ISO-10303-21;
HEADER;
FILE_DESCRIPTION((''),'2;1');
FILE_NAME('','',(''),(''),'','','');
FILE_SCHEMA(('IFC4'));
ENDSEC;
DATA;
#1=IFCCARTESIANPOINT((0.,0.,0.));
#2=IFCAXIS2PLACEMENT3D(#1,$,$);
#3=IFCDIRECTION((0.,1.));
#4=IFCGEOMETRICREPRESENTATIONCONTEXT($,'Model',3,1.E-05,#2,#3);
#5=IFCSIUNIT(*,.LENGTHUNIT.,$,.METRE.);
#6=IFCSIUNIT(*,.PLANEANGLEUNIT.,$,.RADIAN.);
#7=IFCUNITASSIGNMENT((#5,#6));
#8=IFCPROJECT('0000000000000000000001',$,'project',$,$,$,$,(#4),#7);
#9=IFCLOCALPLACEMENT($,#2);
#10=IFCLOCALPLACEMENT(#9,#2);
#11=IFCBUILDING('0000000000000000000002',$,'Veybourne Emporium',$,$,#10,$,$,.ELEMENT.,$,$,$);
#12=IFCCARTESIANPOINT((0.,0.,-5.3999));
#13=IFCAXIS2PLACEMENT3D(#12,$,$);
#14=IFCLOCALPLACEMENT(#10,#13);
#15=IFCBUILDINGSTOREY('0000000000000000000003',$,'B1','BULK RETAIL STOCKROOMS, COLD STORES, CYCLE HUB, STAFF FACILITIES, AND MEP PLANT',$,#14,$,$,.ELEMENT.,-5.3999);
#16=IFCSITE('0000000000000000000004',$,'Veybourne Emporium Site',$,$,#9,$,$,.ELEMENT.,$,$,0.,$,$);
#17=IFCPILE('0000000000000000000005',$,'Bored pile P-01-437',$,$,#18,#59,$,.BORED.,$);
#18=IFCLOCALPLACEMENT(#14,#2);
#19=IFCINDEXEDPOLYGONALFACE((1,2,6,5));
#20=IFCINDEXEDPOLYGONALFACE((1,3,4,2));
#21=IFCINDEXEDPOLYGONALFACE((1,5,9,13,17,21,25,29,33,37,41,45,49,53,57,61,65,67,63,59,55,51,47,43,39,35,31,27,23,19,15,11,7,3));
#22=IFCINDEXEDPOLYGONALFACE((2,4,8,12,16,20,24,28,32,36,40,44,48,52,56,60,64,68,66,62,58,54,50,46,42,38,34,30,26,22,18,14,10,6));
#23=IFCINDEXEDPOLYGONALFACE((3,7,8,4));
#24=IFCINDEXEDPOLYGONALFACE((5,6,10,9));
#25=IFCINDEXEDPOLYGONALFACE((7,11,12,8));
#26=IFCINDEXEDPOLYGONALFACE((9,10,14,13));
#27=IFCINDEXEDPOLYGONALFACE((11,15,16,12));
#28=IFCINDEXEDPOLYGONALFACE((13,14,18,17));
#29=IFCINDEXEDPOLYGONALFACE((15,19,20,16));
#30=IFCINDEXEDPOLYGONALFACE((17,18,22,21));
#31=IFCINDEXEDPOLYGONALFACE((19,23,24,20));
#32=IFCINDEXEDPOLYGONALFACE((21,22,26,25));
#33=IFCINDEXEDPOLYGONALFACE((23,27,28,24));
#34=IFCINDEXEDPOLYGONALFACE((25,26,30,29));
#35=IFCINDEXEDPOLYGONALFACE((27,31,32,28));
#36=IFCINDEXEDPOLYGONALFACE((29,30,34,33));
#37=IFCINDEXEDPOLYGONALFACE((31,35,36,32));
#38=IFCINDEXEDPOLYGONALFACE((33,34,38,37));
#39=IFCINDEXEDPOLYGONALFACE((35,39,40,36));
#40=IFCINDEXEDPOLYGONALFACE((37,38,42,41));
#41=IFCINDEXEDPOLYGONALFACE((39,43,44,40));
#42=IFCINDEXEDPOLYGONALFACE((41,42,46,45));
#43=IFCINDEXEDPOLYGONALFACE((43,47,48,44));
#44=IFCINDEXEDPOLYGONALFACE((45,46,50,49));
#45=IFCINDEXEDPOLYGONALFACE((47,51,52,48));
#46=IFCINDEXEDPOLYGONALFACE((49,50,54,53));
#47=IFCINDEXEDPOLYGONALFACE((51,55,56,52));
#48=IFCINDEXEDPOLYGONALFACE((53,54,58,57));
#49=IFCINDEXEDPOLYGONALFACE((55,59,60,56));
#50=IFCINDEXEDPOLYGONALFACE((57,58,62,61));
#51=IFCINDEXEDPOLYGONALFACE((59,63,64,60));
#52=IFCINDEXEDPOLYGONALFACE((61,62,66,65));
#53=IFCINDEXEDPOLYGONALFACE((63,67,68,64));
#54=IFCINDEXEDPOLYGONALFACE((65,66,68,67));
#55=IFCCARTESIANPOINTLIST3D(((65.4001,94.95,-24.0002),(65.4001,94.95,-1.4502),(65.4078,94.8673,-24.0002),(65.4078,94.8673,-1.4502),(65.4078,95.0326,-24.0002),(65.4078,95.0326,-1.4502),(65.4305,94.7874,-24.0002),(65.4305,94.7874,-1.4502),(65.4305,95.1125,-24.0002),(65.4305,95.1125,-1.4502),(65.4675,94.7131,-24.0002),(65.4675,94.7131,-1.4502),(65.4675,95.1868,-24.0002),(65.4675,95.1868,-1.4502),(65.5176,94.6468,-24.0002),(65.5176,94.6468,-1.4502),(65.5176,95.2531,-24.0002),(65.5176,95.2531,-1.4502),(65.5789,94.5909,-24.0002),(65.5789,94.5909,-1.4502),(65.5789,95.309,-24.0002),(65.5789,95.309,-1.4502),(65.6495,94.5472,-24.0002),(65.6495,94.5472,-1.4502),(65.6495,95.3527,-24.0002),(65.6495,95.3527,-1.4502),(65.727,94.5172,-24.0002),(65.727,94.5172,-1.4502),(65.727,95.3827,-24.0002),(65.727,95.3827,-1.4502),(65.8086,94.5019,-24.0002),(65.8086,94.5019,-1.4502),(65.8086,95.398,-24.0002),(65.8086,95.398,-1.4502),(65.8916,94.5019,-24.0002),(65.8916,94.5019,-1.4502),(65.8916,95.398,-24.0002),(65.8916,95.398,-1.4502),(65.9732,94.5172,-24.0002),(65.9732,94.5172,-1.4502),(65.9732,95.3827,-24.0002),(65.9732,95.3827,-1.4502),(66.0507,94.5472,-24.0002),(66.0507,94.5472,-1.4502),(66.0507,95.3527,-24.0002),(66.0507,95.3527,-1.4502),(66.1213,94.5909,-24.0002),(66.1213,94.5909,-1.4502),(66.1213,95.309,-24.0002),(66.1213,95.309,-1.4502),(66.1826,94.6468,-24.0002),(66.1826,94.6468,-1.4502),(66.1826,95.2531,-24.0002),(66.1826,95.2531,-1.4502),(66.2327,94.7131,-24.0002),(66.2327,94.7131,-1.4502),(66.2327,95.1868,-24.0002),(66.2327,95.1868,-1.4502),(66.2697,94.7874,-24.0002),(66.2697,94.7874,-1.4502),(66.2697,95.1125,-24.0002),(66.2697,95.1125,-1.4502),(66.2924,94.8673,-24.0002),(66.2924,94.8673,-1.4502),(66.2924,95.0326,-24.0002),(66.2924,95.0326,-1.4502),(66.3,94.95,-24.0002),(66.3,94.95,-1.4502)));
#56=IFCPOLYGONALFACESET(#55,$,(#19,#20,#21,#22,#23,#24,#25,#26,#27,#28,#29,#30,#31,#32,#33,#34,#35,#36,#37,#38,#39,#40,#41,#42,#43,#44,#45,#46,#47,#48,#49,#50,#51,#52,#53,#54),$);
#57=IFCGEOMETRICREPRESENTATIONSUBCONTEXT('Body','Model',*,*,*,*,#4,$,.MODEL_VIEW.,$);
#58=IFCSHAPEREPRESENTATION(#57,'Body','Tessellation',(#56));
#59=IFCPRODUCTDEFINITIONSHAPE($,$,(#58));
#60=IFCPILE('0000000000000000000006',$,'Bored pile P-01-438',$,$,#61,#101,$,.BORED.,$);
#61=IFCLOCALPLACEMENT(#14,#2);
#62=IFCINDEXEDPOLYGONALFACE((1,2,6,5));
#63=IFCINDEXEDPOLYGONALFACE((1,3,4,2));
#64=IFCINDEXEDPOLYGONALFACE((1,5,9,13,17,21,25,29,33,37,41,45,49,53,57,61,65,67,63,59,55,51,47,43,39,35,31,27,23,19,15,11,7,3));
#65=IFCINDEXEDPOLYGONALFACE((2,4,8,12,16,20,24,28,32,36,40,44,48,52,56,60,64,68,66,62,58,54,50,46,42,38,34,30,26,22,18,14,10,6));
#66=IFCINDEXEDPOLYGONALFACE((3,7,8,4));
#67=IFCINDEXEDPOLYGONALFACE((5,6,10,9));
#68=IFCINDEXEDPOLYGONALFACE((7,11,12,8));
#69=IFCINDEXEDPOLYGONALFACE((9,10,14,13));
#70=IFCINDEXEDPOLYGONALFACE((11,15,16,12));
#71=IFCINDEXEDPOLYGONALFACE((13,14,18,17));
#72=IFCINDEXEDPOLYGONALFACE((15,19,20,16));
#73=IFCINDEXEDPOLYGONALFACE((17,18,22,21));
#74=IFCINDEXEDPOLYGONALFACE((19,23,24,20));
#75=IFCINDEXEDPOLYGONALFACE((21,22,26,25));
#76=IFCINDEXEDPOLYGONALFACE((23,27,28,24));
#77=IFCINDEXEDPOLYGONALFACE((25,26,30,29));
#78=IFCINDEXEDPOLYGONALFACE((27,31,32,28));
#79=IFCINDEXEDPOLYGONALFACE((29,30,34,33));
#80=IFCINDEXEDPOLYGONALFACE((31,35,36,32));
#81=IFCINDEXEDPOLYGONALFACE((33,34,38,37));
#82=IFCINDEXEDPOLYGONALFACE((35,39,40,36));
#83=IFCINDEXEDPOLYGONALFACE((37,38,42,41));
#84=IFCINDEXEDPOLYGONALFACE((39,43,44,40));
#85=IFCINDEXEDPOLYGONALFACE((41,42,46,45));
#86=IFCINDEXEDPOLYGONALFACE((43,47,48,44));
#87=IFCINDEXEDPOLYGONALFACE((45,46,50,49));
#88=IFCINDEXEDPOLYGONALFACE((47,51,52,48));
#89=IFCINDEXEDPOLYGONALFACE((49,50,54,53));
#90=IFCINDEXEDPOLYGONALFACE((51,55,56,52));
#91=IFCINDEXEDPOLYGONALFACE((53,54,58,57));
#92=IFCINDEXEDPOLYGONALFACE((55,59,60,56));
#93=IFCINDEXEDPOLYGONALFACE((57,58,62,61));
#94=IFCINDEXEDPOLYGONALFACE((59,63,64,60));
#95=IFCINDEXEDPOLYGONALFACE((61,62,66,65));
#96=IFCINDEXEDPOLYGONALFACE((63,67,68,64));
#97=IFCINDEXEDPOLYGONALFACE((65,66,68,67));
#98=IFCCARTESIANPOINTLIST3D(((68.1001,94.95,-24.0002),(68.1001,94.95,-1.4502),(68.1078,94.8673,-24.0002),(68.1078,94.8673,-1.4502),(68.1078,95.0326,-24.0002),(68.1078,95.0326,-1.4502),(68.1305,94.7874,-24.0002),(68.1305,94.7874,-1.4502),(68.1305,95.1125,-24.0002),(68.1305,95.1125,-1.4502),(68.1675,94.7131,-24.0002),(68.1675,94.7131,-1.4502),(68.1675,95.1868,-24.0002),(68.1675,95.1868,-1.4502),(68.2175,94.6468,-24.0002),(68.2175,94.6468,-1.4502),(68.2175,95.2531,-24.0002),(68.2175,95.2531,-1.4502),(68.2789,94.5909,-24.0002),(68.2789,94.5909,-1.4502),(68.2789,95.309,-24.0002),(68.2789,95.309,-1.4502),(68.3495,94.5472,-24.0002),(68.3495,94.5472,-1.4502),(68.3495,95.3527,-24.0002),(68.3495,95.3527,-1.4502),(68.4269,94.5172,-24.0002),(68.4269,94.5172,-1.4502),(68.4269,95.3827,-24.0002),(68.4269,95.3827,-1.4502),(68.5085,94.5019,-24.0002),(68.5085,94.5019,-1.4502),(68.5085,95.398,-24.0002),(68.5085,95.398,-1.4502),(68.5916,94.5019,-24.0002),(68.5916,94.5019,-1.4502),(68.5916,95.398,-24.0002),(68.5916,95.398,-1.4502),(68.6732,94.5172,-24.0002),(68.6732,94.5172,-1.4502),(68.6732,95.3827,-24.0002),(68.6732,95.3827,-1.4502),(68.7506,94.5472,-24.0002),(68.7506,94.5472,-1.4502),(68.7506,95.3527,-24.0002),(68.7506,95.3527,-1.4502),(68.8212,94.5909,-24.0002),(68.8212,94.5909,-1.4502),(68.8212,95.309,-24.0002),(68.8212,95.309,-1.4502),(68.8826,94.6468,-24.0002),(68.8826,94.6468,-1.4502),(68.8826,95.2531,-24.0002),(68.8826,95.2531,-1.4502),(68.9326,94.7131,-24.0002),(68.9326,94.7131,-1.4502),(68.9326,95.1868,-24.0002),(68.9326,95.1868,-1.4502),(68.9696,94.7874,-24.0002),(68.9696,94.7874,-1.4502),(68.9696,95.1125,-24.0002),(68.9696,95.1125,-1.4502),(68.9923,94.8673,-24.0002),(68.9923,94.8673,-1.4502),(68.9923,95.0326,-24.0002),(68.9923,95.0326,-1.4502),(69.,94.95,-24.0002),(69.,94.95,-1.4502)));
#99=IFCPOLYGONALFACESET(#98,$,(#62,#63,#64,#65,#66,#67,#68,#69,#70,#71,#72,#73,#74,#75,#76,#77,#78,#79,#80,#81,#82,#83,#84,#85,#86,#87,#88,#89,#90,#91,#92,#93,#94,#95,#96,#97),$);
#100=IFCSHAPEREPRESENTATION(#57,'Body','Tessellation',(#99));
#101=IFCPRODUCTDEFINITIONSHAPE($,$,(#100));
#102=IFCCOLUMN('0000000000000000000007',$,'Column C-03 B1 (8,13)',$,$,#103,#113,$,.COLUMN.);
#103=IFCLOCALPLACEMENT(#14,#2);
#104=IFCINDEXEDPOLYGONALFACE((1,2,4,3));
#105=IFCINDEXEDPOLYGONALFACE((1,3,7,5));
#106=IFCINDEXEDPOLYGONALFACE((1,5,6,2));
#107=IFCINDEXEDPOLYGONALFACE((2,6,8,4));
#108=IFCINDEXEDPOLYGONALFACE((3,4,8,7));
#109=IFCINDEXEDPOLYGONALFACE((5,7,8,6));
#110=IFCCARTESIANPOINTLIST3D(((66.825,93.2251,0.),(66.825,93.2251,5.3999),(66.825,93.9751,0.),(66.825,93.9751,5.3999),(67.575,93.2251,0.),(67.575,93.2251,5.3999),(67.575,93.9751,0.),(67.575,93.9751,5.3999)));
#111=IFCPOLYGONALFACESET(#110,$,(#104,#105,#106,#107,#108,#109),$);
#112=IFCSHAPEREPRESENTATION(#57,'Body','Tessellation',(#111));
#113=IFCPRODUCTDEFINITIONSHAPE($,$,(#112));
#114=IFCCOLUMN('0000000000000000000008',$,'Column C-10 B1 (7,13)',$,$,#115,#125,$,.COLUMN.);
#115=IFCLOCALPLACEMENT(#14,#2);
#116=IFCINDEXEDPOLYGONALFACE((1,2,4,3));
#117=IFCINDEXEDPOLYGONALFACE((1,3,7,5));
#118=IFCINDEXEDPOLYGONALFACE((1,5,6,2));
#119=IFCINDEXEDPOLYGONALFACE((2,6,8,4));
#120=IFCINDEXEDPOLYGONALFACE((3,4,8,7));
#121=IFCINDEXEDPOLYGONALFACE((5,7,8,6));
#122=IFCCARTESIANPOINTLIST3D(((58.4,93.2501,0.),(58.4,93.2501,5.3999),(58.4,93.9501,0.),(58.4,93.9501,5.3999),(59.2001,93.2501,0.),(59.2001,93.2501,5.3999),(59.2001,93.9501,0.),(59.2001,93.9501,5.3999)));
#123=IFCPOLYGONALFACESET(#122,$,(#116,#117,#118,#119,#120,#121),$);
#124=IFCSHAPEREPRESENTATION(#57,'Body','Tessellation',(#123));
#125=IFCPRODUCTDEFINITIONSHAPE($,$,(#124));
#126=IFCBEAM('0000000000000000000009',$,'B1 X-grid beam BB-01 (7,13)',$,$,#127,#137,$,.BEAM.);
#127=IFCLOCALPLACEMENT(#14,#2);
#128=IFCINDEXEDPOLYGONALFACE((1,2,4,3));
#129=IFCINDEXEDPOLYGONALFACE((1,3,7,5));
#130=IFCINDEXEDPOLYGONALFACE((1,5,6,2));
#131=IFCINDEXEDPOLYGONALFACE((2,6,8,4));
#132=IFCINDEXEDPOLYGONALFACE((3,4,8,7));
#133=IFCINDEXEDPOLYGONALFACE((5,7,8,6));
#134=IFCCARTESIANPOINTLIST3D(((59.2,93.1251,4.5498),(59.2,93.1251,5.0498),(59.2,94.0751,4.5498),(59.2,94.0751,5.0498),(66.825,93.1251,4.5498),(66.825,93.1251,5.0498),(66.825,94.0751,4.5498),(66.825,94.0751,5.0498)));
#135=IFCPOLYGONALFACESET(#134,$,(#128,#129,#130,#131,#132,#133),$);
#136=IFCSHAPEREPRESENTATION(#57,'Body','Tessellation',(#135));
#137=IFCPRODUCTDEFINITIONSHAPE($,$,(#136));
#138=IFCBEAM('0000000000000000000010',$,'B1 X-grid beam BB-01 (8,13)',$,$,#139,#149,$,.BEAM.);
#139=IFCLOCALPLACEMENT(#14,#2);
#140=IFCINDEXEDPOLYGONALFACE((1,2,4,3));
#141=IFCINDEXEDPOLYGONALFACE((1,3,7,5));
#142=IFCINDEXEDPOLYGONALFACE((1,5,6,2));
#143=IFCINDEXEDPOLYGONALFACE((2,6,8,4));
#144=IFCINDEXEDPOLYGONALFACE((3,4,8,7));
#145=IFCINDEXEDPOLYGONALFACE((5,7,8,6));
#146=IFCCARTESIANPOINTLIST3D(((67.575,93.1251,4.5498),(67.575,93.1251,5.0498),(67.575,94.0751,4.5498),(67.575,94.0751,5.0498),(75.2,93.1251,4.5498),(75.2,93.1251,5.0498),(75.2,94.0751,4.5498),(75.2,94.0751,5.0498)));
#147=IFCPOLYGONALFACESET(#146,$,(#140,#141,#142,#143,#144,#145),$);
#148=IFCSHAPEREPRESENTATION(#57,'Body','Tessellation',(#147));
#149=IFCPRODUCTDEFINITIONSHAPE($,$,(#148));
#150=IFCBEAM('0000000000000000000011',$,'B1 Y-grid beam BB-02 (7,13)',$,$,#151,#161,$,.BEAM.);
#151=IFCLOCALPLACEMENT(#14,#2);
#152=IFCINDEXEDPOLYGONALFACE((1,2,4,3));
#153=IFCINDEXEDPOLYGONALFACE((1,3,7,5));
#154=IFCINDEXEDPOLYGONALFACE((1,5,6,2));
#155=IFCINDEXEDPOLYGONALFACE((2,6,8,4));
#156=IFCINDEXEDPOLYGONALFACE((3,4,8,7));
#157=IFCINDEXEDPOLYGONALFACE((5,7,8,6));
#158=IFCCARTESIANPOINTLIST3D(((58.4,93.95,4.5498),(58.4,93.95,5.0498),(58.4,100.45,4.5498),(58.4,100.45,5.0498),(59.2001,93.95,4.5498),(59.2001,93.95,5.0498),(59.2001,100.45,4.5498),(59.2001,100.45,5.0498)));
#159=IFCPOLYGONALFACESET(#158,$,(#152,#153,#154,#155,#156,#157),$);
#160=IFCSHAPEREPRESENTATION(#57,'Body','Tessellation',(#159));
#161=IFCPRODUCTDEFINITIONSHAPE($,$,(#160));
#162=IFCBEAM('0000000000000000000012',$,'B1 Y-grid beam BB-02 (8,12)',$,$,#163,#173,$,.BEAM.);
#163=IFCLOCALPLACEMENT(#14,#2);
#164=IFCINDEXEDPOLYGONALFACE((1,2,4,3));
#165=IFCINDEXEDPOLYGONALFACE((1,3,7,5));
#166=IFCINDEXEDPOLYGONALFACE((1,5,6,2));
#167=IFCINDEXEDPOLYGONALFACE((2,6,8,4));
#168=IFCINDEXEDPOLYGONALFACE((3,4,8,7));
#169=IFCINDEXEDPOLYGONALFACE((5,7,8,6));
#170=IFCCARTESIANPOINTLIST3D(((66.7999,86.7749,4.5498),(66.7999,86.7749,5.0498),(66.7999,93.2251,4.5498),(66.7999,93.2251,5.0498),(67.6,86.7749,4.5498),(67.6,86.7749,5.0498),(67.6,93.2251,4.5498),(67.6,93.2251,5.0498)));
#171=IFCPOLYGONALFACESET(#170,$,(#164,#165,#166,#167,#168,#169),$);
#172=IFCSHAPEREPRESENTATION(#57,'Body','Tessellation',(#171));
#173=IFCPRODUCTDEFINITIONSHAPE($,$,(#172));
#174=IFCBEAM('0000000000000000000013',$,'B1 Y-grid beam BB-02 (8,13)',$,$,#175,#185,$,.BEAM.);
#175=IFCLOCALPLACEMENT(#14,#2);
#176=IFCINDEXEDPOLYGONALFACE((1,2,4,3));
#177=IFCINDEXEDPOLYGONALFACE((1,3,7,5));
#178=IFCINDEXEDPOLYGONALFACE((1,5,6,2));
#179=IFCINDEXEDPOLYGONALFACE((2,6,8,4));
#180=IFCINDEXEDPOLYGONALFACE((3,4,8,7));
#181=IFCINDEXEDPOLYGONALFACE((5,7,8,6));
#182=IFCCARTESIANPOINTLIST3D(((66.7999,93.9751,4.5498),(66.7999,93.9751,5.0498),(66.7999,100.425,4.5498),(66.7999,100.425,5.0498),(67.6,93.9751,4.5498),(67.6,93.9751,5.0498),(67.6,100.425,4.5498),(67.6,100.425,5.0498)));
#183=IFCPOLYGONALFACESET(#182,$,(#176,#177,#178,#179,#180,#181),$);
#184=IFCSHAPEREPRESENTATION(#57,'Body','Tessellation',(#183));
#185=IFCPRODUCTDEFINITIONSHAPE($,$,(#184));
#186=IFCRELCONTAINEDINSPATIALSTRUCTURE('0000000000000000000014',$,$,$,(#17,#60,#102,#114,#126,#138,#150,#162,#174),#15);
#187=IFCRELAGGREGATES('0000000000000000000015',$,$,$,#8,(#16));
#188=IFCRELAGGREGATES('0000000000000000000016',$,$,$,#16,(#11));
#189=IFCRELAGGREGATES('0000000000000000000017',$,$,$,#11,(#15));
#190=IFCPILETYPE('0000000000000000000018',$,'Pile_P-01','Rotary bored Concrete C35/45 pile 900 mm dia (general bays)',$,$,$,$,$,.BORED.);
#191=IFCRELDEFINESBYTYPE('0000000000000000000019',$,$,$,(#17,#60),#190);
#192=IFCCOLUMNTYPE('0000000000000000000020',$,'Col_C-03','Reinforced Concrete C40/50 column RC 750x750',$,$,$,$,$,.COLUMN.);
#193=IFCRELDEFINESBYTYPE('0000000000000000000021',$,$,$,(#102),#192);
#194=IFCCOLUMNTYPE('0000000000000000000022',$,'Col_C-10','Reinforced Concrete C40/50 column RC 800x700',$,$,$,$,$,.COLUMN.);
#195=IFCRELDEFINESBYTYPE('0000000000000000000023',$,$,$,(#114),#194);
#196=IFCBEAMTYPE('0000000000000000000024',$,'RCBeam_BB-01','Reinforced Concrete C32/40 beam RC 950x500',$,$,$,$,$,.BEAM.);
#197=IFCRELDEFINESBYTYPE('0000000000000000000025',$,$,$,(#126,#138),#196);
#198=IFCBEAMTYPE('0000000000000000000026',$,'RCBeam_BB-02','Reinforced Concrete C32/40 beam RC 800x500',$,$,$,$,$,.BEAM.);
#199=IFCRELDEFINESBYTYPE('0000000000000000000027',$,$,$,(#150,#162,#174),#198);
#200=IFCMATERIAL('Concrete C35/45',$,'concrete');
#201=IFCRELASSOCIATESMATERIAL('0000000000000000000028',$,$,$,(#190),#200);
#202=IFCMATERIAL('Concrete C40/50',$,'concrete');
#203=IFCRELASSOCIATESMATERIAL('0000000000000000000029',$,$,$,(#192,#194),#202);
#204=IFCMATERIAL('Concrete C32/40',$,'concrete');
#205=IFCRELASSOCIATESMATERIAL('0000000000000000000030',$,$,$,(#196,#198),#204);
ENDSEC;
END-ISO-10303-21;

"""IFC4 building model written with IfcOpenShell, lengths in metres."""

from ifc_helpers import new_model, si_unit, direction, frame, origin, origin_2d, place, context, subcontext, project, spatial, rectangle, circle, extrude, material, material_profile, profile_set, type_object, element, save


model = new_model("IFC4")

# Units and contexts
model_context = context("Model", 3, precision=1e-05, world=origin(), true_north=direction((0.0, 1.0)))
body_context = subcontext(model_context, "Body", "Model", "MODEL_VIEW")
ifc_project = project(units=[si_unit("LENGTHUNIT", "METRE"), si_unit("PLANEANGLEUNIT", "RADIAN")], contexts=[model_context])

# Site, building, storey
site_placement = place(None, origin())
site = spatial("IfcSite", under=ifc_project, at=site_placement, Name="Veybourne Emporium Site", CompositionType="ELEMENT", RefElevation=0.0)
building_placement = place(site_placement, origin())
building = spatial("IfcBuilding", under=site, at=building_placement, Name="Veybourne Emporium", CompositionType="ELEMENT")
storey_placement = place(building_placement, frame((0.0, 0.0, -5.3999)))
storey = spatial("IfcBuildingStorey", under=building, at=storey_placement, Name="B1", Description="BULK RETAIL STOCKROOMS, COLD STORES, CYCLE HUB, STAFF FACILITIES, AND MEP PLANT", CompositionType="ELEMENT", Elevation=-5.3999)

# Shared definitions
ifc_material_1 = material(Name="Concrete C35/45", Category="concrete")

# Piles
ifc_material_profile_1 = material_profile(ifc_material_1, circle(Radius=0.45, at=origin_2d()), Name="BORED PILE 900")
ifc_profile_set_1 = profile_set([ifc_material_profile_1], Name="Concrete C35/45")
pile_type = type_object("IfcPileType", Name="Pile_P-01", Description="Rotary bored Concrete C35/45 pile 900 mm dia (general bays)", PredefinedType="BORED", material=ifc_profile_set_1)
for number, where, z_axis, x_axis, name in (
    (1, (65.8501, 94.95, -1.4502), (0.0, 0.0, -1.0), (1.0, 0.0, 0.0), "Bored pile P-01-437"),
    (2, (68.55, 94.95, -1.4502), (0.0, 0.0, -1.0), (1.0, 0.0, 0.0), "Bored pile P-01-438"),
):
    element("IfcPile", number, at=place(storey_placement, frame(where, z_axis=z_axis, x_axis=x_axis)), inside=storey, type_object=pile_type, Name=name, PredefinedType="BORED", context=body_context, shape_type="SweptSolid", body=[
        extrude(circle(Radius=0.45, at=origin_2d()), origin(), (0.0, 0.0, 1.0), 22.55),
    ])

# Columns
ifc_material_2 = material(Name="Concrete C40/50", Category="concrete")
ifc_material_profile_2 = material_profile(ifc_material_2, rectangle(XDim=0.75, YDim=0.75, at=origin_2d()), Name="RC 750x750")
ifc_profile_set_2 = profile_set([ifc_material_profile_2], Name="Concrete C40/50")
column_type_1 = type_object("IfcColumnType", Name="Col_C-03", Description="Reinforced Concrete C40/50 column RC 750x750", PredefinedType="COLUMN", material=ifc_profile_set_2)
column_1_placement = place(storey_placement, frame((67.2, 93.6001, 0.0), z_axis=(0.0, 0.0, 1.0), x_axis=(1.0, 0.0, 0.0)))
element("IfcColumn", 3, at=column_1_placement, inside=storey, type_object=column_type_1, Name="Column C-03 B1 (8,13)", PredefinedType="COLUMN", context=body_context, shape_type="SweptSolid", body=[
    extrude(rectangle(XDim=0.75, YDim=0.75, at=origin_2d()), origin(), (0.0, 0.0, 1.0), 5.3999),
])
ifc_material_profile_3 = material_profile(ifc_material_2, rectangle(XDim=0.8, YDim=0.7, at=origin_2d()), Name="RC 800x700")
ifc_profile_set_3 = profile_set([ifc_material_profile_3], Name="Concrete C40/50")
column_type_2 = type_object("IfcColumnType", Name="Col_C-10", Description="Reinforced Concrete C40/50 column RC 800x700", PredefinedType="COLUMN", material=ifc_profile_set_3)
column_2_placement = place(storey_placement, frame((58.8, 93.6001, 0.0), z_axis=(0.0, 0.0, 1.0), x_axis=(1.0, 0.0, 0.0)))
element("IfcColumn", 4, at=column_2_placement, inside=storey, type_object=column_type_2, Name="Column C-10 B1 (7,13)", PredefinedType="COLUMN", context=body_context, shape_type="SweptSolid", body=[
    extrude(rectangle(XDim=0.8, YDim=0.7, at=origin_2d()), origin(), (0.0, 0.0, 1.0), 5.3999),
])

# Beams
ifc_material_3 = material(Name="Concrete C32/40", Category="concrete")
ifc_material_profile_4 = material_profile(ifc_material_3, rectangle(XDim=0.95, YDim=0.5, at=origin_2d()), Name="RC 950x500")
ifc_profile_set_4 = profile_set([ifc_material_profile_4], Name="Concrete C32/40")
beam_type_1 = type_object("IfcBeamType", Name="RCBeam_BB-01", Description="Reinforced Concrete C32/40 beam RC 950x500", PredefinedType="BEAM", material=ifc_profile_set_4)
for number, where, z_axis, x_axis, name in (
    (5, (59.2, 93.6001, 4.7998), (1.0, 0.0, 0.0), (0.0, 1.0, 0.0), "B1 X-grid beam BB-01 (7,13)"),
    (6, (67.575, 93.6001, 4.7998), (1.0, 0.0, 0.0), (0.0, 1.0, 0.0), "B1 X-grid beam BB-01 (8,13)"),
):
    element("IfcBeam", number, at=place(storey_placement, frame(where, z_axis=z_axis, x_axis=x_axis)), inside=storey, type_object=beam_type_1, Name=name, PredefinedType="BEAM", context=body_context, shape_type="SweptSolid", body=[
        extrude(rectangle(XDim=0.95, YDim=0.5, at=origin_2d()), origin(), (0.0, 0.0, 1.0), 7.625),
    ])
ifc_material_profile_5 = material_profile(ifc_material_3, rectangle(XDim=0.8, YDim=0.5, at=origin_2d()), Name="RC 800x500")
ifc_profile_set_5 = profile_set([ifc_material_profile_5], Name="Concrete C32/40")
beam_type_2 = type_object("IfcBeamType", Name="RCBeam_BB-02", Description="Reinforced Concrete C32/40 beam RC 800x500", PredefinedType="BEAM", material=ifc_profile_set_5)
beam_1_placement = place(storey_placement, frame((58.8, 93.95, 4.7998), z_axis=(0.0, 1.0, 0.0), x_axis=(-1.0, 0.0, 0.0)))
element("IfcBeam", 7, at=beam_1_placement, inside=storey, type_object=beam_type_2, Name="B1 Y-grid beam BB-02 (7,13)", PredefinedType="BEAM", context=body_context, shape_type="SweptSolid", body=[
    extrude(rectangle(XDim=0.8, YDim=0.5, at=origin_2d()), origin(), (0.0, 0.0, 1.0), 6.5),
])
beam_2_placement = place(storey_placement, frame((67.2, 86.7749, 4.7998), z_axis=(0.0, 1.0, 0.0), x_axis=(-1.0, 0.0, 0.0)))
element("IfcBeam", 8, at=beam_2_placement, inside=storey, type_object=beam_type_2, Name="B1 Y-grid beam BB-02 (8,12)", PredefinedType="BEAM", context=body_context, shape_type="SweptSolid", body=[
    extrude(rectangle(XDim=0.8, YDim=0.5, at=origin_2d()), origin(), (0.0, 0.0, 1.0), 6.4502),
])
beam_3_placement = place(storey_placement, frame((67.2, 93.9751, 4.7998), z_axis=(0.0, 1.0, 0.0), x_axis=(-1.0, 0.0, 0.0)))
element("IfcBeam", 9, at=beam_3_placement, inside=storey, type_object=beam_type_2, Name="B1 Y-grid beam BB-02 (8,13)", PredefinedType="BEAM", context=body_context, shape_type="SweptSolid", body=[
    extrude(rectangle(XDim=0.8, YDim=0.5, at=origin_2d()), origin(), (0.0, 0.0, 1.0), 6.45),
])

save(model, "model.ifc")
